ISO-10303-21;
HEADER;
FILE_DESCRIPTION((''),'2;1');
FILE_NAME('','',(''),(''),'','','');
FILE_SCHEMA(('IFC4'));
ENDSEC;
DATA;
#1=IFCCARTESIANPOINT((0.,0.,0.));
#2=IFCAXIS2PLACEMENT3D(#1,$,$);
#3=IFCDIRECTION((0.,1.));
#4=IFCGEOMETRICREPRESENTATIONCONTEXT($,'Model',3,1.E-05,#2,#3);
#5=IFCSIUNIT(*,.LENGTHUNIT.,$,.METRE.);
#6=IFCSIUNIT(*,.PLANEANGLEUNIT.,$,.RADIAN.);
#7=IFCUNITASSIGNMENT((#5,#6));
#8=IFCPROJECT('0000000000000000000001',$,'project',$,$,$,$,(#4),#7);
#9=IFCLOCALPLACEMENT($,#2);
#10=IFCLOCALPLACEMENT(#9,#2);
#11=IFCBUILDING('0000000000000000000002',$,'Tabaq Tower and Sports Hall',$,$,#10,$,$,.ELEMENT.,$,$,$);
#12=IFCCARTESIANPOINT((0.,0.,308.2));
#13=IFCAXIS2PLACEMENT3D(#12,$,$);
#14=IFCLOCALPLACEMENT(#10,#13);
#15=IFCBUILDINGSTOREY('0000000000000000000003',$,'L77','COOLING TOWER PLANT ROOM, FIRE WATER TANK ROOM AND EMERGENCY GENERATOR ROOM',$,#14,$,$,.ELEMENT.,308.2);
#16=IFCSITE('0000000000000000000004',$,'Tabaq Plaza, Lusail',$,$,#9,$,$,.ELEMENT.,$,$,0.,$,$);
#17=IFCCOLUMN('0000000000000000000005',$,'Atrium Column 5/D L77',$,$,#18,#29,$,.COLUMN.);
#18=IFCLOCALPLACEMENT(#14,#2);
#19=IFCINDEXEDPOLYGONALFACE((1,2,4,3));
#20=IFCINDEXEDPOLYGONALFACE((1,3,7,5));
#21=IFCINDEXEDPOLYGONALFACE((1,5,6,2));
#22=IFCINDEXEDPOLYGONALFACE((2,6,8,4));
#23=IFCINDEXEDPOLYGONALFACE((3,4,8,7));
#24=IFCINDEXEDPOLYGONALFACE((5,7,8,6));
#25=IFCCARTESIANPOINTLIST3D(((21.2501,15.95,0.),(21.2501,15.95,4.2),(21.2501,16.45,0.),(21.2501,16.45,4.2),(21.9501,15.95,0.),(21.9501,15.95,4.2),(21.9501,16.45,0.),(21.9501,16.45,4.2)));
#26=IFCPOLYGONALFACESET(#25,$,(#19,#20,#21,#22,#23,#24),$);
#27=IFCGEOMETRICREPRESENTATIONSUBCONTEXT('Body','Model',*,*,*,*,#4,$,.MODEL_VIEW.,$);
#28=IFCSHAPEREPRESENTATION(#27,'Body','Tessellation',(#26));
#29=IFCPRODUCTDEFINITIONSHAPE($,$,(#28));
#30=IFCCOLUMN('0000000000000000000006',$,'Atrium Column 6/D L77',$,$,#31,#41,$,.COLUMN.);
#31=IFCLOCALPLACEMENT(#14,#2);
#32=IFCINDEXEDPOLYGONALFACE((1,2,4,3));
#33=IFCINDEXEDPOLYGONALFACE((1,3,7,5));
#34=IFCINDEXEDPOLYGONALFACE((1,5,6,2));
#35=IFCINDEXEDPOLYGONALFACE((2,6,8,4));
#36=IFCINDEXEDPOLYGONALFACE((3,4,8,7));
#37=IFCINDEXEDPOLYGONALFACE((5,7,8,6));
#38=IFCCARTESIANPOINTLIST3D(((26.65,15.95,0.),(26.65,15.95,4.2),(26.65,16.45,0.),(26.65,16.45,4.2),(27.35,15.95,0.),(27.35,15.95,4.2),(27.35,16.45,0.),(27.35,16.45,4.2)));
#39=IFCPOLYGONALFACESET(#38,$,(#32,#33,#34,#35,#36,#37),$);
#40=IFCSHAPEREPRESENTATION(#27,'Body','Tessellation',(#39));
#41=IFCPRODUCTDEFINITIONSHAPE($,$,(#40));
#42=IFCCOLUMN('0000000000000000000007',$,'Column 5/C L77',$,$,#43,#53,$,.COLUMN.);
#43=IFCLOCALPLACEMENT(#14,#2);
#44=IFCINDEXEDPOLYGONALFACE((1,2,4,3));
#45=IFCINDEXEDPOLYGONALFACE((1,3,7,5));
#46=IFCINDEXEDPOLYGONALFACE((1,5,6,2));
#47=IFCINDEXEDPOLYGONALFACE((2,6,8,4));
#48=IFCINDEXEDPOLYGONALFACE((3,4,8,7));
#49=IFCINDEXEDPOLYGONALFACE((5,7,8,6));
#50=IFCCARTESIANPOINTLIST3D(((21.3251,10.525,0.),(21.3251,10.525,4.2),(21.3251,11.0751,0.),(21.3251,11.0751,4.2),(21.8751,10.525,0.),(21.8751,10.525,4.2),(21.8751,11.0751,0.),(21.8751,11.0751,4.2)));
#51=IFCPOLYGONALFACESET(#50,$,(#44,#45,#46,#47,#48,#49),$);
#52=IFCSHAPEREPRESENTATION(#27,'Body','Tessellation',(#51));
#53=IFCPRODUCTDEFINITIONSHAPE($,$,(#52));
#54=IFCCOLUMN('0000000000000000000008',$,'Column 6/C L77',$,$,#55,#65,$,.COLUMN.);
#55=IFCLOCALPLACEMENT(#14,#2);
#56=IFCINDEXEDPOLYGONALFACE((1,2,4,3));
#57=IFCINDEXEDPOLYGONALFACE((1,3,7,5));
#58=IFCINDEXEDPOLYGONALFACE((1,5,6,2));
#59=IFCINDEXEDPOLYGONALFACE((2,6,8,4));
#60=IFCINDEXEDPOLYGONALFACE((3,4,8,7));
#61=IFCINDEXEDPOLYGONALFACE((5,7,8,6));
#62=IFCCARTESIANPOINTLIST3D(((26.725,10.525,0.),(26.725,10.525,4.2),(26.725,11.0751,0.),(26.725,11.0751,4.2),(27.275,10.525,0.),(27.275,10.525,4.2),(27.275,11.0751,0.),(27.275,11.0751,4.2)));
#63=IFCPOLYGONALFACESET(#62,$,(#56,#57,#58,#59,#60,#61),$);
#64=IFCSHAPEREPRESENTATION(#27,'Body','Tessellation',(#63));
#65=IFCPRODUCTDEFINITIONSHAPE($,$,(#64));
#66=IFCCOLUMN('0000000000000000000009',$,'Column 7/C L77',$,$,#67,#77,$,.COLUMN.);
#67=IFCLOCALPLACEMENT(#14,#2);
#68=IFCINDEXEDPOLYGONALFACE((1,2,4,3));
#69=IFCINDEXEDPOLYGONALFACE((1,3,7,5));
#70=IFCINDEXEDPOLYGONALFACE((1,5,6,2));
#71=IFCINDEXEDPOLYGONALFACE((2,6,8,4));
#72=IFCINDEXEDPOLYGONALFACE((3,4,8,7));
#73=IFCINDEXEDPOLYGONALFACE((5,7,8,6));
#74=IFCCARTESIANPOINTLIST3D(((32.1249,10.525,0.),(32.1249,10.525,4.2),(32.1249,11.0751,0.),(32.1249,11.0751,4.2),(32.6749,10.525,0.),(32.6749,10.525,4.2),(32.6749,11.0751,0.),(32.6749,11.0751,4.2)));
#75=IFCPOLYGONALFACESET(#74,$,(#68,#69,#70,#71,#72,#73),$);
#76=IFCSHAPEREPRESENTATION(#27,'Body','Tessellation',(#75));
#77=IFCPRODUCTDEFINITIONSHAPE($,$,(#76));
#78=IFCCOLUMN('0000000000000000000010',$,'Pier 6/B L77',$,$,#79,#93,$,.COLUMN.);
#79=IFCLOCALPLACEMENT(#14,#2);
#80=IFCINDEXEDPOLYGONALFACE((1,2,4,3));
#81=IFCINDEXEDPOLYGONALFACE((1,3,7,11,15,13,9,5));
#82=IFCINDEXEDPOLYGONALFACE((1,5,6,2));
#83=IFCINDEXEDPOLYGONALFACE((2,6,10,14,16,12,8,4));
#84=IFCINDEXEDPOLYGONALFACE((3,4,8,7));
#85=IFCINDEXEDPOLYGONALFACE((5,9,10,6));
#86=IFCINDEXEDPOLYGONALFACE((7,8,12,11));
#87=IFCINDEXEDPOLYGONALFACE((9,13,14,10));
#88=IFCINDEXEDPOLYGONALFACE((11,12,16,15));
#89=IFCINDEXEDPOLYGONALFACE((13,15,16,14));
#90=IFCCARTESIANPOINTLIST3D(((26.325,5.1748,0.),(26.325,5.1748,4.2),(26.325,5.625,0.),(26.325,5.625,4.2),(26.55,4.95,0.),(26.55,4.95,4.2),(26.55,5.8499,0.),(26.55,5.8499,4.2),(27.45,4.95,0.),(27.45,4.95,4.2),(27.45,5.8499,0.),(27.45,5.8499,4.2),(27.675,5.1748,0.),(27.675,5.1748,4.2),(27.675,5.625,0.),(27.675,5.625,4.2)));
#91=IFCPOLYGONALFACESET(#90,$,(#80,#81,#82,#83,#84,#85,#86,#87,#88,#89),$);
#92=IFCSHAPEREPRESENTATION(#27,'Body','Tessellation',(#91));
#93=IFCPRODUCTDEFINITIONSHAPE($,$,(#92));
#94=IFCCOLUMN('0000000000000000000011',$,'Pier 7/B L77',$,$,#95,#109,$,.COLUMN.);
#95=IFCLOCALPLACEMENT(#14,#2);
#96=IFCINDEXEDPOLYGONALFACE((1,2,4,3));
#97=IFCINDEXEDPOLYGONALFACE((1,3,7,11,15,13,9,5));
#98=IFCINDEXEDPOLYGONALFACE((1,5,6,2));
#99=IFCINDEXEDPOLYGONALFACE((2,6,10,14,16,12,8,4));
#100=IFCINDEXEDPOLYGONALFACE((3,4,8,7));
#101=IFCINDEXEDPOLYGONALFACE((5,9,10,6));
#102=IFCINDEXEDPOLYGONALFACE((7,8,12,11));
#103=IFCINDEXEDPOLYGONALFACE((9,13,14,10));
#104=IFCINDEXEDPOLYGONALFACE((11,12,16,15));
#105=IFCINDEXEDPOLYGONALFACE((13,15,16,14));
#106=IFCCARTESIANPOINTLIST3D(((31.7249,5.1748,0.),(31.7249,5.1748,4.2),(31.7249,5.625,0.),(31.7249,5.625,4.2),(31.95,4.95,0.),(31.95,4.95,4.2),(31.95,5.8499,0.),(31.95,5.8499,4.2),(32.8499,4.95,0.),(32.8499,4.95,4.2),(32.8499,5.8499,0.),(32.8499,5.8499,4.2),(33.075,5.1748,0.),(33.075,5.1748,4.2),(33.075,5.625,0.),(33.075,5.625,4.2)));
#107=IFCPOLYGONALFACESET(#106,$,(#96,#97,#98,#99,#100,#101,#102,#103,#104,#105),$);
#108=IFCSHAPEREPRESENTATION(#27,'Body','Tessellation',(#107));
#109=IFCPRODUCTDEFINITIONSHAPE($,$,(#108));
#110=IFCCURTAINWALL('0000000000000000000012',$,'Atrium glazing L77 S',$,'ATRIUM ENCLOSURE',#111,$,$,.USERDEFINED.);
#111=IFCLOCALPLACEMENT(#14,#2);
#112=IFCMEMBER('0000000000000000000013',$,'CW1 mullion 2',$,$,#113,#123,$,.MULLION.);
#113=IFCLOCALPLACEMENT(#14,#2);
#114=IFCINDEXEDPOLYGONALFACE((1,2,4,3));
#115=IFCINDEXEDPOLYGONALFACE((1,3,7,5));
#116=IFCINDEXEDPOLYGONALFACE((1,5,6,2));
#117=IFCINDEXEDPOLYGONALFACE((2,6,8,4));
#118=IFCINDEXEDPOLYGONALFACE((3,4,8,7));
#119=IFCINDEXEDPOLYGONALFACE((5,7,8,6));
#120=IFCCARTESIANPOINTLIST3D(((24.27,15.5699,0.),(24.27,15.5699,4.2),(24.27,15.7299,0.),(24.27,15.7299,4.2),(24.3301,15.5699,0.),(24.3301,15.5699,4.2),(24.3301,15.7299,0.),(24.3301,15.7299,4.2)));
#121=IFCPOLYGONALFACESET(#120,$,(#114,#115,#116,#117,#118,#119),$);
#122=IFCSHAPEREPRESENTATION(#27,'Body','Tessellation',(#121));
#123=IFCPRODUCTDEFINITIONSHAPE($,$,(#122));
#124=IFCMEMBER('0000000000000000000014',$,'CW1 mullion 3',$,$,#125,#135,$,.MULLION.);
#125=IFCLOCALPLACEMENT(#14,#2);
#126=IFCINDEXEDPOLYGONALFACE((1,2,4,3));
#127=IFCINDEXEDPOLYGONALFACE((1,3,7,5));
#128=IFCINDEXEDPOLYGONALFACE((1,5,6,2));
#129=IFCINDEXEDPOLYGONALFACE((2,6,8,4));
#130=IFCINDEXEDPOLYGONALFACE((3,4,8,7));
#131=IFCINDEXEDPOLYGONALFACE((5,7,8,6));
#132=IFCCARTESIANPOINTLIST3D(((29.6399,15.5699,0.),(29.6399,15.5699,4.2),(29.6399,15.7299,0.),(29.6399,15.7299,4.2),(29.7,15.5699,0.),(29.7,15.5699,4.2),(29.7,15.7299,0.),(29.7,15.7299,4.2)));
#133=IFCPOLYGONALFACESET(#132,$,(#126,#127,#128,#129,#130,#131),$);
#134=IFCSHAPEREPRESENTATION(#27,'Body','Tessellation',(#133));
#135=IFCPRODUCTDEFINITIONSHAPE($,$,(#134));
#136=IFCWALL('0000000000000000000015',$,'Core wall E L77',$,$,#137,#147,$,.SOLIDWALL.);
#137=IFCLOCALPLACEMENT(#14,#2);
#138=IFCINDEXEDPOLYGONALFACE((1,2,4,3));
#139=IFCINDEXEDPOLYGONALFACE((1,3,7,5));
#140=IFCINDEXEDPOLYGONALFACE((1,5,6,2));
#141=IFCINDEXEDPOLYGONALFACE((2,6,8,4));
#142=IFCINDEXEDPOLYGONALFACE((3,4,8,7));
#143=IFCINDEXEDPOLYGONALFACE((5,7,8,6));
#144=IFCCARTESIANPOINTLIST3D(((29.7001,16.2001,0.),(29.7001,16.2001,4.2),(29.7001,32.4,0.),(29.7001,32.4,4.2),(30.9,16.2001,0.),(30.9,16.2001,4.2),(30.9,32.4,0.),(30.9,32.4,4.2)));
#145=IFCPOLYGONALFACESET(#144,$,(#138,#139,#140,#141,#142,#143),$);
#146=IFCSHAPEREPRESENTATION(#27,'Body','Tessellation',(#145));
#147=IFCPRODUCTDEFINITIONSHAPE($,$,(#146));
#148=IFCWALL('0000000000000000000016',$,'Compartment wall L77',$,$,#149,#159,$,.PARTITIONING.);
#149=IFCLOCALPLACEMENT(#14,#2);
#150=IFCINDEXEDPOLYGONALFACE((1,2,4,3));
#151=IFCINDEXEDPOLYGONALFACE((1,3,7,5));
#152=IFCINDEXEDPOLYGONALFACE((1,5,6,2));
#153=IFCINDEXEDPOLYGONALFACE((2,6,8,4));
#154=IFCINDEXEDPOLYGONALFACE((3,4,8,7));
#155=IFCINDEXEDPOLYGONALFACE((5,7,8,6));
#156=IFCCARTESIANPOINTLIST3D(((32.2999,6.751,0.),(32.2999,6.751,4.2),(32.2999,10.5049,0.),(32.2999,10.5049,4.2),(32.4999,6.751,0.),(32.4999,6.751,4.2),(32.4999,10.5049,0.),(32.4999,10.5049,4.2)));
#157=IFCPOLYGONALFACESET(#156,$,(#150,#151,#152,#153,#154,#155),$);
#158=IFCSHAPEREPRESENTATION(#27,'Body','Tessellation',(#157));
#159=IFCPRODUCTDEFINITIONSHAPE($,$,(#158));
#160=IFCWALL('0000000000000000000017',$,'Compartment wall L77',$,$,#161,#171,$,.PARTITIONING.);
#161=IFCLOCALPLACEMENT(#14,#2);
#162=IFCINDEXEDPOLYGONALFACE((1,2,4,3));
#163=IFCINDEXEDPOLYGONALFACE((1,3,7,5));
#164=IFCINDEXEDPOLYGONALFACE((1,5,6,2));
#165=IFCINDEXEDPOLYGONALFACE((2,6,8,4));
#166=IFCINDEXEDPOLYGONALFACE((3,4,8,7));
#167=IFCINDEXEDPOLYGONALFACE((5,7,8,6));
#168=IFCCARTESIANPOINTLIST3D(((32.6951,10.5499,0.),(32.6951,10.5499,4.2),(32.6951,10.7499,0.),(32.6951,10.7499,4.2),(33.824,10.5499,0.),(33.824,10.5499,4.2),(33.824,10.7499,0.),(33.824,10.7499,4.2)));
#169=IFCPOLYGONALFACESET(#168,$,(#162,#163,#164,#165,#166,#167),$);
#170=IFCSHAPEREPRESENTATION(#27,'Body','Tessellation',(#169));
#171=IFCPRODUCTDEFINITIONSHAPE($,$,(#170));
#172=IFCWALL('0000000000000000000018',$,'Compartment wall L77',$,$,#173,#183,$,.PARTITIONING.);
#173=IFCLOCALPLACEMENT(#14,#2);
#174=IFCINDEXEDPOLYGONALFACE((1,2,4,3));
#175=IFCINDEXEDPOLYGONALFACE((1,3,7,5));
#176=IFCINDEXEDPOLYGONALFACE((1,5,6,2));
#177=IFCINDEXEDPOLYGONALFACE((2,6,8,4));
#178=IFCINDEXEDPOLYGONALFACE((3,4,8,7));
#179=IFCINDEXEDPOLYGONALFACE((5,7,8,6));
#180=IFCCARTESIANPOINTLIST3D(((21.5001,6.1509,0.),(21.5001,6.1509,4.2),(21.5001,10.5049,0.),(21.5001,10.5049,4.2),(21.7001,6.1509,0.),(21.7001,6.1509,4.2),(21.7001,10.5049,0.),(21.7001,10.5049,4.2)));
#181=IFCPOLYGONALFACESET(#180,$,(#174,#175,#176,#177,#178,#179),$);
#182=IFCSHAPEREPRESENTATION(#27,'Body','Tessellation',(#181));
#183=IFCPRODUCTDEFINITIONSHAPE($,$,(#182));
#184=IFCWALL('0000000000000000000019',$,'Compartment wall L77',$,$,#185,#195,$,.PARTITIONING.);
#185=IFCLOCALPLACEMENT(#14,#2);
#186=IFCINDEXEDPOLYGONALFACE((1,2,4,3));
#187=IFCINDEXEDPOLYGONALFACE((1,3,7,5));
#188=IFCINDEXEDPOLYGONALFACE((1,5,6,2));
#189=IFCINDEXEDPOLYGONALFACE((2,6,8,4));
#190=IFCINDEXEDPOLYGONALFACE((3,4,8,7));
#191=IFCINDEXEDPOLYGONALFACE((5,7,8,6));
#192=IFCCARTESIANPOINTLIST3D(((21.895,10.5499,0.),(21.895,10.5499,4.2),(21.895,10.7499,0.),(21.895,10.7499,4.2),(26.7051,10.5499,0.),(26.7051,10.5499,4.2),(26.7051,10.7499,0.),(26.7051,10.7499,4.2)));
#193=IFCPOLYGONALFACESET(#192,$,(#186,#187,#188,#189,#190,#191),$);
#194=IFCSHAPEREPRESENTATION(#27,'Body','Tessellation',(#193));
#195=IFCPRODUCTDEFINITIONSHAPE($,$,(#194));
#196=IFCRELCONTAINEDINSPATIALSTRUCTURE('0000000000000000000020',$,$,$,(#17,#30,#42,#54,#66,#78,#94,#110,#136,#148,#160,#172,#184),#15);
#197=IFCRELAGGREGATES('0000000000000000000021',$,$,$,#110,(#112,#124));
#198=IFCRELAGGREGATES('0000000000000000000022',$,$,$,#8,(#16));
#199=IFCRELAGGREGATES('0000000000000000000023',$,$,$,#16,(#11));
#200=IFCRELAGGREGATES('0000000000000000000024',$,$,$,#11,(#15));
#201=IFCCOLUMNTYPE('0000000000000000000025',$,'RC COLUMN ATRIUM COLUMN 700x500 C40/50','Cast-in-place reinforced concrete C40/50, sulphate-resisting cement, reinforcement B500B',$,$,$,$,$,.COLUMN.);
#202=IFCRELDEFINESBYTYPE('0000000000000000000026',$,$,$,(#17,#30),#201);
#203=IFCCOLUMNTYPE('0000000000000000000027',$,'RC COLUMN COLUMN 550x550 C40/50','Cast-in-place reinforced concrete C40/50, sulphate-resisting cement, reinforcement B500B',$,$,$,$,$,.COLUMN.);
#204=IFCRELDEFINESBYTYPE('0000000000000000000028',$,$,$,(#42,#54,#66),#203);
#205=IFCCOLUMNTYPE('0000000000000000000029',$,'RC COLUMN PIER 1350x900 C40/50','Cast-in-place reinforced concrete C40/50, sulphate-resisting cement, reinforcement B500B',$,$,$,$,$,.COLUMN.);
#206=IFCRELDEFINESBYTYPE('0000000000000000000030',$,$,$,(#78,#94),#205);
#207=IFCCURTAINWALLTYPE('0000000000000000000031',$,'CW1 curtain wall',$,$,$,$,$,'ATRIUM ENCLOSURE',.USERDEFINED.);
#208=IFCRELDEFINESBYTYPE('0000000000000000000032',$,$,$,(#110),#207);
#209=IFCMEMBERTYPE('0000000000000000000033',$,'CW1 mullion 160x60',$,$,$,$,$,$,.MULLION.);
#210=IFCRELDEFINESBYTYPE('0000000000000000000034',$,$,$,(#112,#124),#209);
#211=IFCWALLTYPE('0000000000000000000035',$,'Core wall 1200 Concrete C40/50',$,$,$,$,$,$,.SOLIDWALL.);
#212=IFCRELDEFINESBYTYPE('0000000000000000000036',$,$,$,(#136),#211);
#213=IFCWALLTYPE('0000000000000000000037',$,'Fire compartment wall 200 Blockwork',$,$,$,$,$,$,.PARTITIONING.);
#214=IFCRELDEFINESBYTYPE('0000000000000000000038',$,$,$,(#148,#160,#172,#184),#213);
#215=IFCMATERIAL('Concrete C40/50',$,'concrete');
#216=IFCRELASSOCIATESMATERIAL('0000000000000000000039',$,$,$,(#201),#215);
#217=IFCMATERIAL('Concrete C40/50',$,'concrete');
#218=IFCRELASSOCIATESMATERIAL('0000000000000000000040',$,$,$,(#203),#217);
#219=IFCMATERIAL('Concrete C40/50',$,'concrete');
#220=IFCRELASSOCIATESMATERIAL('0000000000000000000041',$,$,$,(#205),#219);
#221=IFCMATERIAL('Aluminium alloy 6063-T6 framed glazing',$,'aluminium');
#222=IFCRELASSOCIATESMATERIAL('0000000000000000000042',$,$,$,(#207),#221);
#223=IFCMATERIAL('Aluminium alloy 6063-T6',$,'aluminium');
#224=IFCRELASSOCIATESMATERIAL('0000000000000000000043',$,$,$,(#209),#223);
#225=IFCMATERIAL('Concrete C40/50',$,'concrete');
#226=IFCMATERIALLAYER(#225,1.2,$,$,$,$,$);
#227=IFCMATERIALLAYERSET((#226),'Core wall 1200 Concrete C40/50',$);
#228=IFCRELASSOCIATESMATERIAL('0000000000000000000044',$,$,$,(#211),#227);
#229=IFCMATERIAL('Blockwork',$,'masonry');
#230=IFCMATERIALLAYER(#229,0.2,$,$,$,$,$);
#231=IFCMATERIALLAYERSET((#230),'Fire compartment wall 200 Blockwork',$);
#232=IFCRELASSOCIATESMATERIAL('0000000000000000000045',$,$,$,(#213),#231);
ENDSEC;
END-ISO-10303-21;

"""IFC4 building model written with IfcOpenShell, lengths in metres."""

from ifc_helpers import new_model, si_unit, direction, frame, frame_2d, origin, origin_2d, place, context, subcontext, project, spatial, polyline, rectangle, outline, extrude, material, layer, layer_set, material_profile, profile_set, type_object, element, aggregate, save


model = new_model("IFC4")

# Units and contexts
model_context = context("Model", 3, precision=1e-05, world=origin(), true_north=direction((0.0, 1.0)))
body_context = subcontext(model_context, "Body", "Model", "MODEL_VIEW")
ifc_project = project(units=[si_unit("LENGTHUNIT", "METRE"), si_unit("PLANEANGLEUNIT", "RADIAN")], contexts=[model_context])

# Site, building, storey
site_placement = place(None, origin())
site = spatial("IfcSite", under=ifc_project, at=site_placement, Name="Tabaq Plaza, Lusail", CompositionType="ELEMENT", RefElevation=0.0)
building_placement = place(site_placement, origin())
building = spatial("IfcBuilding", under=site, at=building_placement, Name="Tabaq Tower and Sports Hall", CompositionType="ELEMENT")
storey_placement = place(building_placement, frame((0.0, 0.0, 308.2)))
storey = spatial("IfcBuildingStorey", under=building, at=storey_placement, Name="L77", Description="COOLING TOWER PLANT ROOM, FIRE WATER TANK ROOM AND EMERGENCY GENERATOR ROOM", CompositionType="ELEMENT", Elevation=308.2)

# Columns
ifc_material_1 = material(Name="Concrete C40/50", Category="concrete")
ifc_material_profile_1 = material_profile(ifc_material_1, rectangle(XDim=0.7, YDim=0.5, at=origin_2d()), Name="ATRIUM COLUMN 700x500")
ifc_profile_set_1 = profile_set([ifc_material_profile_1], Name="Concrete C40/50")
column_type_1 = type_object("IfcColumnType", Name="RC COLUMN ATRIUM COLUMN 700x500 C40/50", Description="Cast-in-place reinforced concrete C40/50, sulphate-resisting cement, reinforcement B500B", PredefinedType="COLUMN", material=ifc_profile_set_1)
for number, where, z_axis, x_axis, name in (
    (1, (21.6001, 16.2, 0.0), (0.0, 0.0, 1.0), (1.0, 0.0, 0.0), "Atrium Column 5/D L77"),
    (2, (27.0, 16.2, 0.0), (0.0, 0.0, 1.0), (1.0, 0.0, 0.0), "Atrium Column 6/D L77"),
):
    element("IfcColumn", number, at=place(storey_placement, frame(where, z_axis=z_axis, x_axis=x_axis)), inside=storey, type_object=column_type_1, Name=name, PredefinedType="COLUMN", context=body_context, shape_type="SweptSolid", body=[
        extrude(rectangle(XDim=0.7, YDim=0.5, at=origin_2d()), origin(), (0.0, 0.0, 1.0), 4.2),
    ])
ifc_material_2 = material(Name="Concrete C40/50", Category="concrete")
ifc_material_profile_2 = material_profile(ifc_material_2, rectangle(XDim=0.55, YDim=0.55, at=origin_2d()), Name="COLUMN 550x550")
ifc_profile_set_2 = profile_set([ifc_material_profile_2], Name="Concrete C40/50")
column_type_2 = type_object("IfcColumnType", Name="RC COLUMN COLUMN 550x550 C40/50", Description="Cast-in-place reinforced concrete C40/50, sulphate-resisting cement, reinforcement B500B", PredefinedType="COLUMN", material=ifc_profile_set_2)
for number, where, z_axis, x_axis, name in (
    (3, (21.6001, 10.8, 0.0), (0.0, 0.0, 1.0), (1.0, 0.0, 0.0), "Column 5/C L77"),
    (4, (27.0, 10.8, 0.0), (0.0, 0.0, 1.0), (1.0, 0.0, 0.0), "Column 6/C L77"),
    (5, (32.3999, 10.8, 0.0), (0.0, 0.0, 1.0), (1.0, 0.0, 0.0), "Column 7/C L77"),
):
    element("IfcColumn", number, at=place(storey_placement, frame(where, z_axis=z_axis, x_axis=x_axis)), inside=storey, type_object=column_type_2, Name=name, PredefinedType="COLUMN", context=body_context, shape_type="SweptSolid", body=[
        extrude(rectangle(XDim=0.55, YDim=0.55, at=origin_2d()), origin(), (0.0, 0.0, 1.0), 4.2),
    ])
ifc_material_3 = material(Name="Concrete C40/50", Category="concrete")
ifc_material_profile_3 = material_profile(ifc_material_3, outline(polyline([(-0.45, -0.45), (0.45, -0.45), (0.675, -0.2251), (0.675, 0.2251), (0.45, 0.45), (-0.45, 0.45), (-0.675, 0.2251), (-0.675, -0.2251), (-0.45, -0.45)])), Name="PIER 1350x900")
ifc_profile_set_3 = profile_set([ifc_material_profile_3], Name="Concrete C40/50")
column_type_3 = type_object("IfcColumnType", Name="RC COLUMN PIER 1350x900 C40/50", Description="Cast-in-place reinforced concrete C40/50, sulphate-resisting cement, reinforcement B500B", PredefinedType="COLUMN", material=ifc_profile_set_3)
for number, where, z_axis, x_axis, name in (
    (6, (27.0, 5.3999, 0.0), (0.0, 0.0, 1.0), (1.0, 0.0, 0.0), "Pier 6/B L77"),
    (7, (32.3999, 5.3999, 0.0), (0.0, 0.0, 1.0), (1.0, 0.0, 0.0), "Pier 7/B L77"),
):
    element("IfcColumn", number, at=place(storey_placement, frame(where, z_axis=z_axis, x_axis=x_axis)), inside=storey, type_object=column_type_3, Name=name, PredefinedType="COLUMN", context=body_context, shape_type="SweptSolid", body=[
        extrude(outline(polyline([(-0.45, -0.45), (0.45, -0.45), (0.675, -0.2251), (0.675, 0.2251), (0.45, 0.45), (-0.45, 0.45), (-0.675, 0.2251), (-0.675, -0.2251), (-0.45, -0.45)])), origin(), (0.0, 0.0, 1.0), 4.2),
    ])

# Curtain wall, members
ifc_material_4 = material(Name="Aluminium alloy 6063-T6 framed glazing", Category="aluminium")
curtain_wall_type = type_object("IfcCurtainWallType", Name="CW1 curtain wall", ElementType="ATRIUM ENCLOSURE", PredefinedType="USERDEFINED", material=ifc_material_4)
curtain_wall_placement = place(storey_placement, origin())
curtain_wall = element("IfcCurtainWall", 8, at=curtain_wall_placement, inside=storey, type_object=curtain_wall_type, Name="Atrium glazing L77 S", ObjectType="ATRIUM ENCLOSURE", PredefinedType="USERDEFINED")
ifc_material_5 = material(Name="Aluminium alloy 6063-T6", Category="aluminium")
ifc_material_profile_4 = material_profile(ifc_material_5, rectangle(XDim=0.1599, YDim=0.0601, at=origin_2d()), Name="MULLION 160x60")
ifc_profile_set_4 = profile_set([ifc_material_profile_4], Name="Aluminium alloy 6063-T6")
member_type = type_object("IfcMemberType", Name="CW1 mullion 160x60", PredefinedType="MULLION", material=ifc_profile_set_4)
member_1_placement = place(storey_placement, frame((24.3, 15.6499, 0.0), z_axis=(0.0, 0.0, 1.0), x_axis=(0.0, 1.0, 0.0)))
member_1 = element("IfcMember", 9, at=member_1_placement, type_object=member_type, Name="CW1 mullion 2", PredefinedType="MULLION", context=body_context, shape_type="SweptSolid", body=[
    extrude(rectangle(XDim=0.1599, YDim=0.0601, at=origin_2d()), origin(), (0.0, 0.0, 1.0), 4.2),
])
member_2_placement = place(storey_placement, frame((29.6699, 15.6499, 0.0), z_axis=(0.0, 0.0, 1.0), x_axis=(0.0, 1.0, 0.0)))
member_2 = element("IfcMember", 10, at=member_2_placement, type_object=member_type, Name="CW1 mullion 3", PredefinedType="MULLION", context=body_context, shape_type="SweptSolid", body=[
    extrude(rectangle(XDim=0.1599, YDim=0.0601, at=origin_2d()), origin(), (0.0, 0.0, 1.0), 4.2),
])
aggregate(curtain_wall, [member_1, member_2])

# Walls
ifc_material_6 = material(Name="Concrete C40/50", Category="concrete")
ifc_layer_1 = layer(ifc_material_6, 1.2)
ifc_layer_set_1 = layer_set([ifc_layer_1], Name="Core wall 1200 Concrete C40/50")
wall_type_1 = type_object("IfcWallType", Name="Core wall 1200 Concrete C40/50", PredefinedType="SOLIDWALL", material=ifc_layer_set_1)
wall_1_placement = place(storey_placement, frame((30.3, 16.2, 0.0), z_axis=(0.0, 0.0, 1.0), x_axis=(0.0, 1.0, 0.0)))
element("IfcWall", 11, at=wall_1_placement, inside=storey, type_object=wall_type_1, Name="Core wall E L77", PredefinedType="SOLIDWALL", context=body_context, shape_type="SweptSolid", body=[
    extrude(rectangle(XDim=16.2, YDim=1.2, at=frame_2d((8.1001, 0.0))), origin(), (0.0, 0.0, 1.0), 4.2),
])
ifc_material_7 = material(Name="Blockwork", Category="masonry")
ifc_layer_2 = layer(ifc_material_7, 0.2)
ifc_layer_set_2 = layer_set([ifc_layer_2], Name="Fire compartment wall 200 Blockwork")
wall_type_2 = type_object("IfcWallType", Name="Fire compartment wall 200 Blockwork", PredefinedType="PARTITIONING", material=ifc_layer_set_2)
wall_2_placement = place(storey_placement, frame((32.3999, 6.751, 0.0), z_axis=(0.0, 0.0, 1.0), x_axis=(0.0, 1.0, 0.0)))
element("IfcWall", 12, at=wall_2_placement, inside=storey, type_object=wall_type_2, Name="Compartment wall L77", PredefinedType="PARTITIONING", context=body_context, shape_type="SweptSolid", body=[
    extrude(rectangle(XDim=3.7539, YDim=0.2, at=frame_2d((1.877, 0.0))), origin(), (0.0, 0.0, 1.0), 4.2),
])
wall_3_placement = place(storey_placement, frame((32.6951, 10.6499, 0.0), z_axis=(0.0, 0.0, 1.0), x_axis=(1.0, 0.0, 0.0)))
element("IfcWall", 13, at=wall_3_placement, inside=storey, type_object=wall_type_2, Name="Compartment wall L77", PredefinedType="PARTITIONING", context=body_context, shape_type="SweptSolid", body=[
    extrude(rectangle(XDim=1.1289, YDim=0.2, at=frame_2d((0.5645, 0.0))), origin(), (0.0, 0.0, 1.0), 4.2),
])
wall_4_placement = place(storey_placement, frame((21.6001, 6.1509, 0.0), z_axis=(0.0, 0.0, 1.0), x_axis=(0.0, 1.0, 0.0)))
element("IfcWall", 14, at=wall_4_placement, inside=storey, type_object=wall_type_2, Name="Compartment wall L77", PredefinedType="PARTITIONING", context=body_context, shape_type="SweptSolid", body=[
    extrude(rectangle(XDim=4.354, YDim=0.2, at=frame_2d((2.177, 0.0))), origin(), (0.0, 0.0, 1.0), 4.2),
])
wall_5_placement = place(storey_placement, frame((21.895, 10.6499, 0.0), z_axis=(0.0, 0.0, 1.0), x_axis=(1.0, 0.0, 0.0)))
element("IfcWall", 15, at=wall_5_placement, inside=storey, type_object=wall_type_2, Name="Compartment wall L77", PredefinedType="PARTITIONING", context=body_context, shape_type="SweptSolid", body=[
    extrude(rectangle(XDim=4.8101, YDim=0.2, at=frame_2d((2.405, 0.0))), origin(), (0.0, 0.0, 1.0), 4.2),
])

save(model, "model.ifc")
